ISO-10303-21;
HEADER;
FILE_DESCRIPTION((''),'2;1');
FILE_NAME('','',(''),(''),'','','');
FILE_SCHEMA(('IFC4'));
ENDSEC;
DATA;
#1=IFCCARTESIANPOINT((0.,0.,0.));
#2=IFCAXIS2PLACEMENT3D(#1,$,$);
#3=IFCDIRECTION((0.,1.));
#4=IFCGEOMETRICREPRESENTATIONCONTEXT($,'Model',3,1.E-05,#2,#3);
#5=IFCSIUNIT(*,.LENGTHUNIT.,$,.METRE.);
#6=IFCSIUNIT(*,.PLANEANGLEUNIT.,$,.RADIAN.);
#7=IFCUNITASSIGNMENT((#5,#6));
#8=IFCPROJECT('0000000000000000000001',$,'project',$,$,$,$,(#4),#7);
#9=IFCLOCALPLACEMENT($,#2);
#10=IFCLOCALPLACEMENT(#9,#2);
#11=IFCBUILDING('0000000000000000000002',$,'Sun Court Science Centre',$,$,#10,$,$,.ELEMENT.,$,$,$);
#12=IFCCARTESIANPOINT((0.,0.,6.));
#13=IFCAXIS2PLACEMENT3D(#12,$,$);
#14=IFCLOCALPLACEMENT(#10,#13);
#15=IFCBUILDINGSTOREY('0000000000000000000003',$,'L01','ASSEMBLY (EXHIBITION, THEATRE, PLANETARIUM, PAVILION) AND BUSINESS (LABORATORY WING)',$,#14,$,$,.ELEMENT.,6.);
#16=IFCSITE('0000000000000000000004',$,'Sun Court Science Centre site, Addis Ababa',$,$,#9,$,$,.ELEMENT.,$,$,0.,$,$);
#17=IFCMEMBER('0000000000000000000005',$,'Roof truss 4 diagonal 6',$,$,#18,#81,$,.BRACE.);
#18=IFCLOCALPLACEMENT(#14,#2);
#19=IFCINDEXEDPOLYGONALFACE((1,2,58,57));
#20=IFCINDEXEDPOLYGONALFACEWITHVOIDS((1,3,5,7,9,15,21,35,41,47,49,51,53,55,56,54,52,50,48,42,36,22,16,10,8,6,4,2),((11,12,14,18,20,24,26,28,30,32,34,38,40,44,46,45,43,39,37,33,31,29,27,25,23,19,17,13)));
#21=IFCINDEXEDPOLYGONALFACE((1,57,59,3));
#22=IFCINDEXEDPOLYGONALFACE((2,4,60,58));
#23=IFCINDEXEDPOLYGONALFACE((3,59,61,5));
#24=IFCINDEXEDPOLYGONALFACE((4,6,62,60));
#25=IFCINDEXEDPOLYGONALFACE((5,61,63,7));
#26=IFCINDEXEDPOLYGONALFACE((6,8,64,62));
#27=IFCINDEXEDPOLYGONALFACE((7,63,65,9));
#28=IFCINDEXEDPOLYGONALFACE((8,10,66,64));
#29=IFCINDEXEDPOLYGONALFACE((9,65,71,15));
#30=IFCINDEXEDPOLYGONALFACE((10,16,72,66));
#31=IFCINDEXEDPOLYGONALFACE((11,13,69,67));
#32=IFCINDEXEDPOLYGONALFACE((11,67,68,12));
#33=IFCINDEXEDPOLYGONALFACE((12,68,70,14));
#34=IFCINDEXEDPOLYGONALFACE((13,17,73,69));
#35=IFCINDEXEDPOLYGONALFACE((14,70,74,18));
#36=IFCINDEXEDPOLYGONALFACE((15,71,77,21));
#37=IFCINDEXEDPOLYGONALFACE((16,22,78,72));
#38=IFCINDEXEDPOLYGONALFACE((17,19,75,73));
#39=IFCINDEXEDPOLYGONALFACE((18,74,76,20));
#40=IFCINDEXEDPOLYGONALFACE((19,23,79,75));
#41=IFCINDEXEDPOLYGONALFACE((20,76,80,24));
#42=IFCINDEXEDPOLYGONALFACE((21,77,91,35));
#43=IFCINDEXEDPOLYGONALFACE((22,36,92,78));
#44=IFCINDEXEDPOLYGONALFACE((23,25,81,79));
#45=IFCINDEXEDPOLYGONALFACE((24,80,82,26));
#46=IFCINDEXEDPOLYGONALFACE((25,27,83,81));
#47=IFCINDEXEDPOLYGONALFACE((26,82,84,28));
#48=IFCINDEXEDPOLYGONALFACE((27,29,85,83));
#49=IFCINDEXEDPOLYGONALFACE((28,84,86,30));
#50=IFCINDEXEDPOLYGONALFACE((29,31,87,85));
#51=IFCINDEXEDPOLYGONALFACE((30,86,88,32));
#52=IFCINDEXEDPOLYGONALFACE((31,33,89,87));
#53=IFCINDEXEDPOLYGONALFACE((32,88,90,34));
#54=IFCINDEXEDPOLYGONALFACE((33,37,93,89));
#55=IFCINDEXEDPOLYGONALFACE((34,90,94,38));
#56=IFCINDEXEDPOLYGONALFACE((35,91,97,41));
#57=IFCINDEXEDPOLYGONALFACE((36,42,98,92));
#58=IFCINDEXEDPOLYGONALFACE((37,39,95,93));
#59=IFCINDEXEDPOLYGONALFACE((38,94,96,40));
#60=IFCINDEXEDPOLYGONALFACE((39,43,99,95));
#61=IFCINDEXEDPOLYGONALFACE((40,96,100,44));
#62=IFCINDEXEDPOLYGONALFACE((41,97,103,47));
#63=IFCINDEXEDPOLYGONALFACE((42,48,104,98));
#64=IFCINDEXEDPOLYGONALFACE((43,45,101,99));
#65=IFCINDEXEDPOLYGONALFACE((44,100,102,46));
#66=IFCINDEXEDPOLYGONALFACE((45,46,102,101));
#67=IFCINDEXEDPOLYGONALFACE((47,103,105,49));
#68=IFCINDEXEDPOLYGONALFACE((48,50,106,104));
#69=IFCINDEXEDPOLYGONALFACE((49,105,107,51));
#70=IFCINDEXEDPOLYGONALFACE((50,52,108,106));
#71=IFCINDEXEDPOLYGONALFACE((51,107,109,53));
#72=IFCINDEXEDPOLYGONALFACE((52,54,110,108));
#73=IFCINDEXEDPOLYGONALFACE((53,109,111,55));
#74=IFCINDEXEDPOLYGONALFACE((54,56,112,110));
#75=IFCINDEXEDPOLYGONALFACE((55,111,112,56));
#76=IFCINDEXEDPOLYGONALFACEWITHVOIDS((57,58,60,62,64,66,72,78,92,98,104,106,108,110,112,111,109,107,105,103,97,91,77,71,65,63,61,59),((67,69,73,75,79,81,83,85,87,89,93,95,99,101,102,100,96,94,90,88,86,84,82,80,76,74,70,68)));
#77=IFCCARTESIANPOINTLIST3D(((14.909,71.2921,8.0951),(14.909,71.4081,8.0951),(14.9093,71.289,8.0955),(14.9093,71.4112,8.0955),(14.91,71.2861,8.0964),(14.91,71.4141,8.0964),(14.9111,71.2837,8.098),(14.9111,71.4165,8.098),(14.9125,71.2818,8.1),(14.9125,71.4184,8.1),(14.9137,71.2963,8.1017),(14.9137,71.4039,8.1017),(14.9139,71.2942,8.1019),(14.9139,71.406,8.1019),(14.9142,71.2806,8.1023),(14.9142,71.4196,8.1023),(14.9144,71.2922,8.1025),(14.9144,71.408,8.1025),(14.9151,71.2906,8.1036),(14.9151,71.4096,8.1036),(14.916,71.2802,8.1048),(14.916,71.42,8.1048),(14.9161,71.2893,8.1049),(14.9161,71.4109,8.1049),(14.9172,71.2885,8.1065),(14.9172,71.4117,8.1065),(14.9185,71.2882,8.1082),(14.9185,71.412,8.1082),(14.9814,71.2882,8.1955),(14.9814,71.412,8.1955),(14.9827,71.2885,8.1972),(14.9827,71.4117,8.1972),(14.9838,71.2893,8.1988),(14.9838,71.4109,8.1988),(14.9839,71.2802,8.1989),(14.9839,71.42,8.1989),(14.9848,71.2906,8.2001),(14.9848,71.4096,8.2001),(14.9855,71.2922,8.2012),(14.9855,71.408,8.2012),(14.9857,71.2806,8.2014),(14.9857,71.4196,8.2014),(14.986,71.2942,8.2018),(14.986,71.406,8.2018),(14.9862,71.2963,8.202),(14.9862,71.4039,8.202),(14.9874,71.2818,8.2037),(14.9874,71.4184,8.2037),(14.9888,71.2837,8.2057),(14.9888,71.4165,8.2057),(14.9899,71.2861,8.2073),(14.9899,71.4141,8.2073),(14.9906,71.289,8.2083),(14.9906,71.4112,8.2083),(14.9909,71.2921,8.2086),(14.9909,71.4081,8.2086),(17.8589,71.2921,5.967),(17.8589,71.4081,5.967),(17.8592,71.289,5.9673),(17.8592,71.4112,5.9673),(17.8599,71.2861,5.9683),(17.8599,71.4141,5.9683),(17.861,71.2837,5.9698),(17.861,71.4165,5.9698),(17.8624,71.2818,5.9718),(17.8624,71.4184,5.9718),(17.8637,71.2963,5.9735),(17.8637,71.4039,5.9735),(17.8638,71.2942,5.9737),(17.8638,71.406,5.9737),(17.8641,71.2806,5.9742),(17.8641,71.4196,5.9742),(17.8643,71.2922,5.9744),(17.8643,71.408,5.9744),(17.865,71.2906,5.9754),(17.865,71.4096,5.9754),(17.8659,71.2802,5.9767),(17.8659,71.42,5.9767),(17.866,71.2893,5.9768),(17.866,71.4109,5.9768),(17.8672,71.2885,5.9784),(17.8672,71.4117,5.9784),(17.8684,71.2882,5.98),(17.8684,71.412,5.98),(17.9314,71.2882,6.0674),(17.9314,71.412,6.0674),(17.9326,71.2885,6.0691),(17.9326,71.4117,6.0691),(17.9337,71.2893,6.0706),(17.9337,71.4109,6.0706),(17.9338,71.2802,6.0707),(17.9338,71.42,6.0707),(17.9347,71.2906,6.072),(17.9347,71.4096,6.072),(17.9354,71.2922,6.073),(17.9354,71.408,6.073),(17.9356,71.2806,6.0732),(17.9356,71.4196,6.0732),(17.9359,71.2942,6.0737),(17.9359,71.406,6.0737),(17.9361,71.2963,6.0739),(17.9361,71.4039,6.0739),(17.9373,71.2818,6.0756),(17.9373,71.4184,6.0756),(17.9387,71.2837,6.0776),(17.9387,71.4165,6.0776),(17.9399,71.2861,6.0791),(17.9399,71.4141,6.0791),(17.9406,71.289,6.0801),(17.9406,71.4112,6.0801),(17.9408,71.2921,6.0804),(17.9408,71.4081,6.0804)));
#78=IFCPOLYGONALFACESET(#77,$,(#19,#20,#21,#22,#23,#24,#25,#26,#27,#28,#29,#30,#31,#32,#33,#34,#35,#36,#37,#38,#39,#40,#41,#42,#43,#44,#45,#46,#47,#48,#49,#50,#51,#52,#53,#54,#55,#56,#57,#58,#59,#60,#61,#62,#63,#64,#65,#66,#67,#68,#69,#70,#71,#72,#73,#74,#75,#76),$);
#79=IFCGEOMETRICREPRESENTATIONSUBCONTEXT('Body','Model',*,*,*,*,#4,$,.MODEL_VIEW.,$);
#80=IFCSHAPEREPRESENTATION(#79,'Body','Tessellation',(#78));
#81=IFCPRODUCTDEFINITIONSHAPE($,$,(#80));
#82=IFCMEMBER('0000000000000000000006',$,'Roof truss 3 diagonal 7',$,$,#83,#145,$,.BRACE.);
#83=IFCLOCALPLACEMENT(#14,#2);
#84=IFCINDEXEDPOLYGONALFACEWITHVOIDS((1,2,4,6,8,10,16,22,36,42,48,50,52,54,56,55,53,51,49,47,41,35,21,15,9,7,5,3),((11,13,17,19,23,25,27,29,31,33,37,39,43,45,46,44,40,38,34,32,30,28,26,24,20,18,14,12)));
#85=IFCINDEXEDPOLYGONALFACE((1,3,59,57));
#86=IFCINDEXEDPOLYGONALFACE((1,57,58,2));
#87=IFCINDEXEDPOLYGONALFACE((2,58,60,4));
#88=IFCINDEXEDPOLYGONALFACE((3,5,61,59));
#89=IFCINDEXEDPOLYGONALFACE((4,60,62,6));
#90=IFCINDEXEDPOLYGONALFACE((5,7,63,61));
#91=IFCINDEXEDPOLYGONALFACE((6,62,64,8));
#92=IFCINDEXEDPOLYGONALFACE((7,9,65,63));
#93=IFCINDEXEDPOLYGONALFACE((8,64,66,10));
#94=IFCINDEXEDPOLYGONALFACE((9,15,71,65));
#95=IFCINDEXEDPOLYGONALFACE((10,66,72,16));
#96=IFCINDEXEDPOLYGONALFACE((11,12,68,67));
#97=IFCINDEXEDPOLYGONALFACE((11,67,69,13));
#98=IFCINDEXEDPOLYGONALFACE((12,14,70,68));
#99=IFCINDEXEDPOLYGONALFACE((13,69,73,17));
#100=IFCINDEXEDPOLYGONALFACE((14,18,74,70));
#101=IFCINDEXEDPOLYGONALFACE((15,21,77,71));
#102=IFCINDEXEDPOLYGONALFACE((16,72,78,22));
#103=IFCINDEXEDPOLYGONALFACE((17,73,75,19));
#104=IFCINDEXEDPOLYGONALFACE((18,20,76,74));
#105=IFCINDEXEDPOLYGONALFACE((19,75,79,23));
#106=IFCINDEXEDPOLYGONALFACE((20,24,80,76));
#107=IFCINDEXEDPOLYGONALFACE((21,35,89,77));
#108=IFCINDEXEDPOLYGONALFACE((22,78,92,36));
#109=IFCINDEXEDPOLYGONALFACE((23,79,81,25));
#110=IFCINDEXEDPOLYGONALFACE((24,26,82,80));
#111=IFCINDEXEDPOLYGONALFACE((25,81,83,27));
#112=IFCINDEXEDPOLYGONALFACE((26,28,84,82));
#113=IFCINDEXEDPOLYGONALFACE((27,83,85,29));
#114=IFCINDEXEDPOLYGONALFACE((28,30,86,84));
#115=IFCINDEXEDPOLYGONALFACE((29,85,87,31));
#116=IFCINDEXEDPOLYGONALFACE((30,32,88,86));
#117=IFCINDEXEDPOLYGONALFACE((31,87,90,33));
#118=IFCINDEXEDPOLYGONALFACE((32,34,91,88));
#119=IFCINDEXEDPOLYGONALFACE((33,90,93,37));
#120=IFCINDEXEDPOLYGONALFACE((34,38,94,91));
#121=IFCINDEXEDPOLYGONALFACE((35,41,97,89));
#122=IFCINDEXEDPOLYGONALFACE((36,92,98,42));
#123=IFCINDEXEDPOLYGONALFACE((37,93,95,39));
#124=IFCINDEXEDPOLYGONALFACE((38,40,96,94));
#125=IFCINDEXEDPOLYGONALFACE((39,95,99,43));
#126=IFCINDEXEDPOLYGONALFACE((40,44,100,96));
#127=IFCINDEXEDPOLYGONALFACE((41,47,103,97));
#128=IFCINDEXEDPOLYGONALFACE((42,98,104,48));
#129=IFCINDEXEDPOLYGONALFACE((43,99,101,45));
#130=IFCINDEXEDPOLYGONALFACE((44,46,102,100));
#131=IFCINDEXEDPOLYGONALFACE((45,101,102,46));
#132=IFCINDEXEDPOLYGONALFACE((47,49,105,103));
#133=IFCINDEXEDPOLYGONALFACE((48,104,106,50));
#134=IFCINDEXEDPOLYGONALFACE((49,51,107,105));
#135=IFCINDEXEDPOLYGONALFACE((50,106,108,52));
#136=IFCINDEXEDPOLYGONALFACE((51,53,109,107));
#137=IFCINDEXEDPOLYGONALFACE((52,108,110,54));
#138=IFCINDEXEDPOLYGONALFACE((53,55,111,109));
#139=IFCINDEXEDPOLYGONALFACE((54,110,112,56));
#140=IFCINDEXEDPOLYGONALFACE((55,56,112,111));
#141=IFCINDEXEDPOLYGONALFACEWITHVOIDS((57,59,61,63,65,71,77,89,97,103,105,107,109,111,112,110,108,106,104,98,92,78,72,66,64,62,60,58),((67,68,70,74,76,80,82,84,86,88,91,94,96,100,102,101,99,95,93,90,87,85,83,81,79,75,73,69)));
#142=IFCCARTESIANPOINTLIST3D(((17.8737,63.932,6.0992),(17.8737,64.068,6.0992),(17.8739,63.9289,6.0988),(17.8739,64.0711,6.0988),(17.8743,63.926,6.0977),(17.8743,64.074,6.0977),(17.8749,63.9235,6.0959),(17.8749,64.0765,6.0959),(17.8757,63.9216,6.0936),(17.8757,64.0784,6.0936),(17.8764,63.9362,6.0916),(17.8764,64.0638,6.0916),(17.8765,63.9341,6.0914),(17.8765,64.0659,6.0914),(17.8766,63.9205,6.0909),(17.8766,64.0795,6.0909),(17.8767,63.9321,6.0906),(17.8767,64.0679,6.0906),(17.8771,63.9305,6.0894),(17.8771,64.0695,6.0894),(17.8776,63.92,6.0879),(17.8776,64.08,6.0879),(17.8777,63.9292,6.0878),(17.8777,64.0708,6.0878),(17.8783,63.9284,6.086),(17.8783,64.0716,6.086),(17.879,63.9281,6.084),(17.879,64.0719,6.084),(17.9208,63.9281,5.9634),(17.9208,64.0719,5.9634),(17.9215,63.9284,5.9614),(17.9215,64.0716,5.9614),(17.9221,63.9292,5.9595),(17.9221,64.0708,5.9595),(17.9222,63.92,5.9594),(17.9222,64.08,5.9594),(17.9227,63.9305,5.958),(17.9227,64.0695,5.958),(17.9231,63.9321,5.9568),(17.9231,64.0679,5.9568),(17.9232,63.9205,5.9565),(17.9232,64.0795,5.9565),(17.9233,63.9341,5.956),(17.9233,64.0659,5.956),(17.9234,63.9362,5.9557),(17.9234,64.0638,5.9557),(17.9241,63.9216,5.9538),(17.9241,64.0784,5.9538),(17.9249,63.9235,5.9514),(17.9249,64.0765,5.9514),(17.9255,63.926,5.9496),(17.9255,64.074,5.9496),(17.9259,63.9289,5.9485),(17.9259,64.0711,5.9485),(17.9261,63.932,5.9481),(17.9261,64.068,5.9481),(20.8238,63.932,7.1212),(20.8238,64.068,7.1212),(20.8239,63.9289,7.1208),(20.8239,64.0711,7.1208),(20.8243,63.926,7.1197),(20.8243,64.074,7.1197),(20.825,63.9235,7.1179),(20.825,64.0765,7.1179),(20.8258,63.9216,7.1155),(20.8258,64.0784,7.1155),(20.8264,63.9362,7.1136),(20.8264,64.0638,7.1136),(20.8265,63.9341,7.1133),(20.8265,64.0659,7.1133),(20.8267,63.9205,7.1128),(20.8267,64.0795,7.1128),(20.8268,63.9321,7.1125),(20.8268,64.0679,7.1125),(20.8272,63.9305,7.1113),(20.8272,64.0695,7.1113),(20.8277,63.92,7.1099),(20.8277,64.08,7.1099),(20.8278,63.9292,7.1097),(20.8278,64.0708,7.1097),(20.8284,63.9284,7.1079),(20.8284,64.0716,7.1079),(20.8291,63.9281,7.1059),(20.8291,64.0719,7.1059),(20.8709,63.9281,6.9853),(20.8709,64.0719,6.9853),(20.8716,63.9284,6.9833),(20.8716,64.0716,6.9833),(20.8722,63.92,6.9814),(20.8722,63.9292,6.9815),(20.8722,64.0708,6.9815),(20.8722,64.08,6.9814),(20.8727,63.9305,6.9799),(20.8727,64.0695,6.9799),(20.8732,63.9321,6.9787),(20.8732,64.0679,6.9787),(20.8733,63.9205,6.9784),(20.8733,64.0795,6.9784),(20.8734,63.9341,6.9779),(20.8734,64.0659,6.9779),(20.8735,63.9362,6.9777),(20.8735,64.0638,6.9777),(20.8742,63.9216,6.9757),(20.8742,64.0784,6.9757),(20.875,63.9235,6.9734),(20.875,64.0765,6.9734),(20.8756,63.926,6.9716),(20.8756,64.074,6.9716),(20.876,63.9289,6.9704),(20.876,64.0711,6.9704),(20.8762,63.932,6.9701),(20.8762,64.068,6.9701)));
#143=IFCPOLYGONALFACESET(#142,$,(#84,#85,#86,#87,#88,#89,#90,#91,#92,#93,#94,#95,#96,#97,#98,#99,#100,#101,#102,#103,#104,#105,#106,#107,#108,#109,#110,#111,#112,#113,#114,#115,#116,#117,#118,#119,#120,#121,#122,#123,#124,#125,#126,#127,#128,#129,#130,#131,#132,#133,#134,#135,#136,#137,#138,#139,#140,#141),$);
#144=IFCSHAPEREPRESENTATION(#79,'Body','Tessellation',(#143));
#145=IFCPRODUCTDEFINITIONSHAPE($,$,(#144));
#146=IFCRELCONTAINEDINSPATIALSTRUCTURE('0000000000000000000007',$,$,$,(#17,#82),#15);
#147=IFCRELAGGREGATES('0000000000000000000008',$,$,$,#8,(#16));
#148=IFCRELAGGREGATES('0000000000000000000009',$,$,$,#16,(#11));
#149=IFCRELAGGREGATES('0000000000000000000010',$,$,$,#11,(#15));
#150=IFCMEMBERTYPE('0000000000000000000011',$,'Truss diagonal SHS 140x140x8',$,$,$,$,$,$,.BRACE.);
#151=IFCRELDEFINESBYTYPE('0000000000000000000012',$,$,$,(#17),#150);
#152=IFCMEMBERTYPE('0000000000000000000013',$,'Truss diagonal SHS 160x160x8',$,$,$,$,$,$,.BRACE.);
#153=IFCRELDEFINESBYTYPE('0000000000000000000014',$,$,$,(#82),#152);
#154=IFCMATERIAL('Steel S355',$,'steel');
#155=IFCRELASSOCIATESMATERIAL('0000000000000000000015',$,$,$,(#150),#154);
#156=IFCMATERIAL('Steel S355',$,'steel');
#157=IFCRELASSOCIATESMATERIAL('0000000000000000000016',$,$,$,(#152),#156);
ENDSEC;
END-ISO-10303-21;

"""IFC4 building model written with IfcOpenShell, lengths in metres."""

from ifc_helpers import new_model, si_unit, direction, frame, origin, origin_2d, place, context, subcontext, project, spatial, hollow_rectangle, extrude, material, material_profile, profile_set, type_object, element, save


model = new_model("IFC4")

# Units and contexts
model_context = context("Model", 3, precision=1e-05, world=origin(), true_north=direction((0.0, 1.0)))
body_context = subcontext(model_context, "Body", "Model", "MODEL_VIEW")
ifc_project = project(units=[si_unit("LENGTHUNIT", "METRE"), si_unit("PLANEANGLEUNIT", "RADIAN")], contexts=[model_context])

# Site, building, storey
site_placement = place(None, origin())
site = spatial("IfcSite", under=ifc_project, at=site_placement, Name="Sun Court Science Centre site, Addis Ababa", CompositionType="ELEMENT", RefElevation=0.0)
building_placement = place(site_placement, origin())
building = spatial("IfcBuilding", under=site, at=building_placement, Name="Sun Court Science Centre", CompositionType="ELEMENT")
storey_placement = place(building_placement, frame((0.0, 0.0, 6.0)))
storey = spatial("IfcBuildingStorey", under=building, at=storey_placement, Name="L01", Description="ASSEMBLY (EXHIBITION, THEATRE, PLANETARIUM, PAVILION) AND BUSINESS (LABORATORY WING)", CompositionType="ELEMENT", Elevation=6.0)

# Members
ifc_material_1 = material(Name="Steel S355", Category="steel")
ifc_material_profile_1 = material_profile(ifc_material_1, hollow_rectangle(XDim=0.1399, YDim=0.1399, WallThickness=0.0081, InnerFilletRadius=0.0081, OuterFilletRadius=0.012, at=origin_2d()), Name="SHS 140x140x8")
ifc_profile_set_1 = profile_set([ifc_material_profile_1], Name="Steel S355")
member_type_1 = type_object("IfcMemberType", Name="Truss diagonal SHS 140x140x8", PredefinedType="BRACE", material=ifc_profile_set_1)
member_1_placement = place(storey_placement, frame((14.95, 71.3501, 8.1519), z_axis=(0.810985, 0.0, -0.585067), x_axis=(0.0, 1.0, 0.0)))
element("IfcMember", 1, at=member_1_placement, inside=storey, type_object=member_type_1, Name="Roof truss 4 diagonal 6", PredefinedType="BRACE", context=body_context, shape_type="SweptSolid", body=[
    extrude(hollow_rectangle(XDim=0.1399, YDim=0.1399, WallThickness=0.0081, InnerFilletRadius=0.0081, OuterFilletRadius=0.012, at=origin_2d()), origin(), (0.0, 0.0, 1.0), 3.6375),
])
ifc_material_2 = material(Name="Steel S355", Category="steel")
ifc_material_profile_2 = material_profile(ifc_material_2, hollow_rectangle(XDim=0.1599, YDim=0.1599, WallThickness=0.0081, InnerFilletRadius=0.0081, OuterFilletRadius=0.012, at=origin_2d()), Name="SHS 160x160x8")
ifc_profile_set_2 = profile_set([ifc_material_profile_2], Name="Steel S355")
member_type_2 = type_object("IfcMemberType", Name="Truss diagonal SHS 160x160x8", PredefinedType="BRACE", material=ifc_profile_set_2)
member_2_placement = place(storey_placement, frame((17.8999, 64.0, 6.0237), z_axis=(0.944912, 0.0, 0.327325), x_axis=(0.0, 1.0, 0.0)))
element("IfcMember", 2, at=member_2_placement, inside=storey, type_object=member_type_2, Name="Roof truss 3 diagonal 7", PredefinedType="BRACE", context=body_context, shape_type="SweptSolid", body=[
    extrude(hollow_rectangle(XDim=0.1599, YDim=0.1599, WallThickness=0.0081, InnerFilletRadius=0.0081, OuterFilletRadius=0.012, at=origin_2d()), origin(), (0.0, 0.0, 1.0), 3.1221),
])

save(model, "model.ifc")
